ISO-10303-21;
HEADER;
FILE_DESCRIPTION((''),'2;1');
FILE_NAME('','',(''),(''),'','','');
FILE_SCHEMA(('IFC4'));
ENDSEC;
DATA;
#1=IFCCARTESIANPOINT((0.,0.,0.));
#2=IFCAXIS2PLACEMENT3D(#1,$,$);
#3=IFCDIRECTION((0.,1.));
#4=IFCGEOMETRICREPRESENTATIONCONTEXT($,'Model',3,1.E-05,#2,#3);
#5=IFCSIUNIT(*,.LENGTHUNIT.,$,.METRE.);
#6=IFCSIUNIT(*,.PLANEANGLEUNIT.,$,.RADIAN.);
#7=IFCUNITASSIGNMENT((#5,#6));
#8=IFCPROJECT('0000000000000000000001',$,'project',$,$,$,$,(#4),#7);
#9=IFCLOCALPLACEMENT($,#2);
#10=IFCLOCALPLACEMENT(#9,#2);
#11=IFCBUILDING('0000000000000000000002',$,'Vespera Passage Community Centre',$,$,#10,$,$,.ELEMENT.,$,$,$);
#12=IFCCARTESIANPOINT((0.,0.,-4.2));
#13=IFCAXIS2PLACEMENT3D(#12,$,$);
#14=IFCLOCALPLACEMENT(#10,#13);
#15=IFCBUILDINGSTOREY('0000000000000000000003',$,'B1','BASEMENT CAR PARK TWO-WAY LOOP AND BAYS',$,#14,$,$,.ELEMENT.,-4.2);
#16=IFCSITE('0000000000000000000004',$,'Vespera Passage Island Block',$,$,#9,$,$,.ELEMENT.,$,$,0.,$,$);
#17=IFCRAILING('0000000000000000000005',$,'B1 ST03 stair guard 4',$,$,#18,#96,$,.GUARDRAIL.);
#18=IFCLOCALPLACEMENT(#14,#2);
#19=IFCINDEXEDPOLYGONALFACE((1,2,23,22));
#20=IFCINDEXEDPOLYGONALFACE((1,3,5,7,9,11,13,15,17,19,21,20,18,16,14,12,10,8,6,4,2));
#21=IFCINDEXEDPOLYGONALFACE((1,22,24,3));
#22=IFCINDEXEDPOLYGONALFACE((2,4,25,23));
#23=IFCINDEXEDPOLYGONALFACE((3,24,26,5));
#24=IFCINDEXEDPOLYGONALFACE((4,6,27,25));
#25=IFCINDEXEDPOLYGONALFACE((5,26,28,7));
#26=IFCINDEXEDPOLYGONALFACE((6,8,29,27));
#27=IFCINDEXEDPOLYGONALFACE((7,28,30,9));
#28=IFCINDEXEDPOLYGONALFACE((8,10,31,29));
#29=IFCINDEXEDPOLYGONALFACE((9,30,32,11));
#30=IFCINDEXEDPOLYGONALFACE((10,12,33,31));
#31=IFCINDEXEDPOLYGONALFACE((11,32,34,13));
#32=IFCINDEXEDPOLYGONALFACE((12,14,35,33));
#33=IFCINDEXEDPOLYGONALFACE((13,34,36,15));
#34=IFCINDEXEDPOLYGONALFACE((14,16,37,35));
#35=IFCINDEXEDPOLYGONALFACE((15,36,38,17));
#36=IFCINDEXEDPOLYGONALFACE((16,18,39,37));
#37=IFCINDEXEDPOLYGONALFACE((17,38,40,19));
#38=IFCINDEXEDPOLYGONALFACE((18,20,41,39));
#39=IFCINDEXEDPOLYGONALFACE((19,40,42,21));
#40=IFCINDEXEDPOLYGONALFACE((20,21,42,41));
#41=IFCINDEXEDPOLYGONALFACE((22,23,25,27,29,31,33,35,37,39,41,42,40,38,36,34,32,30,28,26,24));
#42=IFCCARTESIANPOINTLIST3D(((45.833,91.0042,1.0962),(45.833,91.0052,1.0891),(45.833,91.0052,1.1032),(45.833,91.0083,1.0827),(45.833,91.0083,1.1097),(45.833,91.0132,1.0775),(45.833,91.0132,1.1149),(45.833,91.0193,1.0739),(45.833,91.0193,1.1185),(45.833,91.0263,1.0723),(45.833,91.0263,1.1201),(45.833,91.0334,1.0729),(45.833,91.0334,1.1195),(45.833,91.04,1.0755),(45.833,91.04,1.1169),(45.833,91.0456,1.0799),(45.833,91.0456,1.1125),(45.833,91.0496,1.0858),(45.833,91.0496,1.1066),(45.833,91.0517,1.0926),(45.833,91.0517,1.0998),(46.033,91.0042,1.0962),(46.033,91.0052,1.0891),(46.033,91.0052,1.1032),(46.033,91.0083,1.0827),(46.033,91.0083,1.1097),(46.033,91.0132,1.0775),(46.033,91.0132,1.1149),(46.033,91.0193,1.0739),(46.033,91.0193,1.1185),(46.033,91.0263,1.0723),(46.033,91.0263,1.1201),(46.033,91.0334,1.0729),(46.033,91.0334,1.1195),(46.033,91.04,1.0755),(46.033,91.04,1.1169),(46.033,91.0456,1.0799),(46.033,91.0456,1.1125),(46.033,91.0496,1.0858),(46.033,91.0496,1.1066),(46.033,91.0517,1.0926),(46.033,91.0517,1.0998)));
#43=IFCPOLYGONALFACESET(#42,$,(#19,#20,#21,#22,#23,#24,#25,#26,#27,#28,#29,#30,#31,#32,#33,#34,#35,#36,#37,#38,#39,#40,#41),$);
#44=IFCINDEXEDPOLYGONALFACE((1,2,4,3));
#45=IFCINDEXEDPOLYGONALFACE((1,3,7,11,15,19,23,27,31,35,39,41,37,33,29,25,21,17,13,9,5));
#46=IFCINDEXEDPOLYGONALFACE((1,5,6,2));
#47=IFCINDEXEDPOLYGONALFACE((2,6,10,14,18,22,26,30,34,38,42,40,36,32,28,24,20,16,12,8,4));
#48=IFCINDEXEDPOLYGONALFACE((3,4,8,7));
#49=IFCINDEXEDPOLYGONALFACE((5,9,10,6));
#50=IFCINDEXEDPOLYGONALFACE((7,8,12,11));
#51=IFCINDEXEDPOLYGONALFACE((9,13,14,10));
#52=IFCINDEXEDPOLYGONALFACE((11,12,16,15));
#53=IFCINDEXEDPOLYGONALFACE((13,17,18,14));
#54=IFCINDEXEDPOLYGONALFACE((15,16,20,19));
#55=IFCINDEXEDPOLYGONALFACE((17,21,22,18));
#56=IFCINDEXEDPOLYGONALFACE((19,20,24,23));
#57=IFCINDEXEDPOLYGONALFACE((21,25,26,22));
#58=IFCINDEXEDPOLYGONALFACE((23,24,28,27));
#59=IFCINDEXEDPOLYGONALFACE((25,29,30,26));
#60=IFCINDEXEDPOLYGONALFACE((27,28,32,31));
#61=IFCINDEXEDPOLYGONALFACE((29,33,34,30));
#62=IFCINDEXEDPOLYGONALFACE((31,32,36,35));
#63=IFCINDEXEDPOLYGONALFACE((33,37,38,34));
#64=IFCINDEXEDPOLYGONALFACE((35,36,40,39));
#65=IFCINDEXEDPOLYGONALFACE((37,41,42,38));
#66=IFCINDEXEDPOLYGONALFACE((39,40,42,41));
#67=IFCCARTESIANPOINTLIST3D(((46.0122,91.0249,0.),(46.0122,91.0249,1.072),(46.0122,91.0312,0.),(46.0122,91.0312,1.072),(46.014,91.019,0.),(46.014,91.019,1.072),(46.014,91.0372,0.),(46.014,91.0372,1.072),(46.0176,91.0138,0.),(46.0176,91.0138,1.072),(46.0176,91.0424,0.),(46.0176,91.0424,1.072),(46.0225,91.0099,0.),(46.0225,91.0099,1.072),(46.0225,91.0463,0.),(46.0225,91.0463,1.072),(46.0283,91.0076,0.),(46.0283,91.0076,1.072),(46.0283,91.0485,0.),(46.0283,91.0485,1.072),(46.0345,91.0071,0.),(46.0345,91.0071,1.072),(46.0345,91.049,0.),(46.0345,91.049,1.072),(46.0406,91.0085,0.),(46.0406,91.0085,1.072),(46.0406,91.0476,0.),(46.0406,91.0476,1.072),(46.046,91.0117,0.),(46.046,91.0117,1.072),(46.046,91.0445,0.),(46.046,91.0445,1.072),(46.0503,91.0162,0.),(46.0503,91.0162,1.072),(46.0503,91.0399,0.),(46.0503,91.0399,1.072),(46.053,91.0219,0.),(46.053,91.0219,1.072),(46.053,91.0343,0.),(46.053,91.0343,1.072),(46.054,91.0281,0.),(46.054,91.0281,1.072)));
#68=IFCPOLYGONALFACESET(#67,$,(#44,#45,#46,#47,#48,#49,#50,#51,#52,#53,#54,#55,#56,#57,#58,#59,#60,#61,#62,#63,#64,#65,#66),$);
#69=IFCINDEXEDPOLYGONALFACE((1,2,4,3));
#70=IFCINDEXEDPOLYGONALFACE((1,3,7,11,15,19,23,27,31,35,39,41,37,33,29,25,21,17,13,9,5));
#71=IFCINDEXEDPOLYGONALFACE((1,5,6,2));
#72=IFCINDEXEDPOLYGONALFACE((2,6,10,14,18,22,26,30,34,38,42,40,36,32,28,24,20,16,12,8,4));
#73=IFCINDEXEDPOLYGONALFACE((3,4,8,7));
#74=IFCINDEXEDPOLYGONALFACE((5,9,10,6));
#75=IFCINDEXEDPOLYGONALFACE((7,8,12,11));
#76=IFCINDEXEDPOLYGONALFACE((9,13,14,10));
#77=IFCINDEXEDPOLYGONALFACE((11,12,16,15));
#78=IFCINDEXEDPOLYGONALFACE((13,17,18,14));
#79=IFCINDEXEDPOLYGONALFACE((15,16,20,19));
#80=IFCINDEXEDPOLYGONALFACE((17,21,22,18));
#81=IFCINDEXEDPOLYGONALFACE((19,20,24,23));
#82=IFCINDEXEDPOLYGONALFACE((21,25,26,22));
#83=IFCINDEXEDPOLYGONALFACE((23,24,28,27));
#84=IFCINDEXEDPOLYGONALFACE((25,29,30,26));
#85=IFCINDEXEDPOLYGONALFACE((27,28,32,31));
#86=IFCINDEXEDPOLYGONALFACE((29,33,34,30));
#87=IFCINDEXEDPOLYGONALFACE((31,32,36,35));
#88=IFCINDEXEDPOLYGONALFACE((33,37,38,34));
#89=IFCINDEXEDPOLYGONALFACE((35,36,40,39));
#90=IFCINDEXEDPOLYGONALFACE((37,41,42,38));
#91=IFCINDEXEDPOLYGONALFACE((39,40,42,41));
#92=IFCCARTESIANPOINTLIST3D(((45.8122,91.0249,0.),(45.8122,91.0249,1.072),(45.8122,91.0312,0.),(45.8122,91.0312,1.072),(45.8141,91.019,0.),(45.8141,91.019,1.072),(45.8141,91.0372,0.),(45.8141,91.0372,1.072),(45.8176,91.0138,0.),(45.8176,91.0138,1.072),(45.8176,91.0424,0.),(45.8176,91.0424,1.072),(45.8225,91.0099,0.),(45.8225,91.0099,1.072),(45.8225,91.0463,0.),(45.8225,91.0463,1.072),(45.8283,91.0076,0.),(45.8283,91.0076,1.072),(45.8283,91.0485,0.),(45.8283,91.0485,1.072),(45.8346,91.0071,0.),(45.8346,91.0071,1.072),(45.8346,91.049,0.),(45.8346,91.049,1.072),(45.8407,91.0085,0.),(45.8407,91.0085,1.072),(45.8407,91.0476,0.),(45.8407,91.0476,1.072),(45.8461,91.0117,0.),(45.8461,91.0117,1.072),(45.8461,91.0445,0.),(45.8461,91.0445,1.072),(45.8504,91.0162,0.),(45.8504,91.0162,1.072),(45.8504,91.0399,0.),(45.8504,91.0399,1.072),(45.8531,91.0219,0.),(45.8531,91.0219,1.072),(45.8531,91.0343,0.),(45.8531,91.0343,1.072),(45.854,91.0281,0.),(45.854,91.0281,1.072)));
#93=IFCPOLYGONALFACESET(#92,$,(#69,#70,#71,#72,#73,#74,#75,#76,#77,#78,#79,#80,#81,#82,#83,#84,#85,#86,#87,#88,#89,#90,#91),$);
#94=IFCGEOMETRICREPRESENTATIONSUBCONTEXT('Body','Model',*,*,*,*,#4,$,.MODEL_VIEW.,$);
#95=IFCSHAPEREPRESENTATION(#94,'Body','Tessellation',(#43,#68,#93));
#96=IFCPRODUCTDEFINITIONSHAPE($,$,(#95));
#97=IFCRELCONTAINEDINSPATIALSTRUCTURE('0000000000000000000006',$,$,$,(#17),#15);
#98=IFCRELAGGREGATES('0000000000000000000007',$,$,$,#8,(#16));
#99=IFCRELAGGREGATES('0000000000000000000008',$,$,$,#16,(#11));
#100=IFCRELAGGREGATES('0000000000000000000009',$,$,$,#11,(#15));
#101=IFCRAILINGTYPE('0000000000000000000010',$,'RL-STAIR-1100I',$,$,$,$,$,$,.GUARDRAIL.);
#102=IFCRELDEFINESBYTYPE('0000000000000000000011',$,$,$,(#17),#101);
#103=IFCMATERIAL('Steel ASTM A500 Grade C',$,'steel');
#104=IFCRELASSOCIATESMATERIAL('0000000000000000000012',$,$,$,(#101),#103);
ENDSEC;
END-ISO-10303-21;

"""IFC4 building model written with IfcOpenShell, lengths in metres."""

from ifc_helpers import new_model, si_unit, direction, frame, origin, origin_2d, place, context, subcontext, project, spatial, circle, extrude, material, type_object, element, save


model = new_model("IFC4")

# Units and contexts
model_context = context("Model", 3, precision=1e-05, world=origin(), true_north=direction((0.0, 1.0)))
body_context = subcontext(model_context, "Body", "Model", "MODEL_VIEW")
ifc_project = project(units=[si_unit("LENGTHUNIT", "METRE"), si_unit("PLANEANGLEUNIT", "RADIAN")], contexts=[model_context])

# Site, building, storey
site_placement = place(None, origin())
site = spatial("IfcSite", under=ifc_project, at=site_placement, Name="Vespera Passage Island Block", CompositionType="ELEMENT", RefElevation=0.0)
building_placement = place(site_placement, origin())
building = spatial("IfcBuilding", under=site, at=building_placement, Name="Vespera Passage Community Centre", CompositionType="ELEMENT")
storey_placement = place(building_placement, frame((0.0, 0.0, -4.2)))
storey = spatial("IfcBuildingStorey", under=building, at=storey_placement, Name="B1", Description="BASEMENT CAR PARK TWO-WAY LOOP AND BAYS", CompositionType="ELEMENT", Elevation=-4.2)

# Railing
ifc_material_1 = material(Name="Steel ASTM A500 Grade C", Category="steel")
railing_type_1 = type_object("IfcRailingType", Name="RL-STAIR-1100I", PredefinedType="GUARDRAIL", material=ifc_material_1)
railing_1_placement = place(storey_placement, frame((46.033, 91.0281, 0.0)))
element("IfcRailing", 1, at=railing_1_placement, inside=storey, type_object=railing_type_1, Name="B1 ST03 stair guard 4", PredefinedType="GUARDRAIL", context=body_context, shape_type="SweptSolid", body=[
    extrude(circle(Radius=0.0239, at=origin_2d()), frame((0.0, 0.0, 1.0962), z_axis=(-1.0, 0.0, 0.0), x_axis=(0.0, -1.0, 0.0)), (0.0, 0.0, 1.0), 0.2),
    extrude(circle(Radius=0.021, at=origin_2d()), origin(), (0.0, 0.0, 1.0), 1.072),
    extrude(circle(Radius=0.021, at=origin_2d()), frame((-0.2, 0.0, 0.0)), (0.0, 0.0, 1.0), 1.072),
])

save(model, "model.ifc")
